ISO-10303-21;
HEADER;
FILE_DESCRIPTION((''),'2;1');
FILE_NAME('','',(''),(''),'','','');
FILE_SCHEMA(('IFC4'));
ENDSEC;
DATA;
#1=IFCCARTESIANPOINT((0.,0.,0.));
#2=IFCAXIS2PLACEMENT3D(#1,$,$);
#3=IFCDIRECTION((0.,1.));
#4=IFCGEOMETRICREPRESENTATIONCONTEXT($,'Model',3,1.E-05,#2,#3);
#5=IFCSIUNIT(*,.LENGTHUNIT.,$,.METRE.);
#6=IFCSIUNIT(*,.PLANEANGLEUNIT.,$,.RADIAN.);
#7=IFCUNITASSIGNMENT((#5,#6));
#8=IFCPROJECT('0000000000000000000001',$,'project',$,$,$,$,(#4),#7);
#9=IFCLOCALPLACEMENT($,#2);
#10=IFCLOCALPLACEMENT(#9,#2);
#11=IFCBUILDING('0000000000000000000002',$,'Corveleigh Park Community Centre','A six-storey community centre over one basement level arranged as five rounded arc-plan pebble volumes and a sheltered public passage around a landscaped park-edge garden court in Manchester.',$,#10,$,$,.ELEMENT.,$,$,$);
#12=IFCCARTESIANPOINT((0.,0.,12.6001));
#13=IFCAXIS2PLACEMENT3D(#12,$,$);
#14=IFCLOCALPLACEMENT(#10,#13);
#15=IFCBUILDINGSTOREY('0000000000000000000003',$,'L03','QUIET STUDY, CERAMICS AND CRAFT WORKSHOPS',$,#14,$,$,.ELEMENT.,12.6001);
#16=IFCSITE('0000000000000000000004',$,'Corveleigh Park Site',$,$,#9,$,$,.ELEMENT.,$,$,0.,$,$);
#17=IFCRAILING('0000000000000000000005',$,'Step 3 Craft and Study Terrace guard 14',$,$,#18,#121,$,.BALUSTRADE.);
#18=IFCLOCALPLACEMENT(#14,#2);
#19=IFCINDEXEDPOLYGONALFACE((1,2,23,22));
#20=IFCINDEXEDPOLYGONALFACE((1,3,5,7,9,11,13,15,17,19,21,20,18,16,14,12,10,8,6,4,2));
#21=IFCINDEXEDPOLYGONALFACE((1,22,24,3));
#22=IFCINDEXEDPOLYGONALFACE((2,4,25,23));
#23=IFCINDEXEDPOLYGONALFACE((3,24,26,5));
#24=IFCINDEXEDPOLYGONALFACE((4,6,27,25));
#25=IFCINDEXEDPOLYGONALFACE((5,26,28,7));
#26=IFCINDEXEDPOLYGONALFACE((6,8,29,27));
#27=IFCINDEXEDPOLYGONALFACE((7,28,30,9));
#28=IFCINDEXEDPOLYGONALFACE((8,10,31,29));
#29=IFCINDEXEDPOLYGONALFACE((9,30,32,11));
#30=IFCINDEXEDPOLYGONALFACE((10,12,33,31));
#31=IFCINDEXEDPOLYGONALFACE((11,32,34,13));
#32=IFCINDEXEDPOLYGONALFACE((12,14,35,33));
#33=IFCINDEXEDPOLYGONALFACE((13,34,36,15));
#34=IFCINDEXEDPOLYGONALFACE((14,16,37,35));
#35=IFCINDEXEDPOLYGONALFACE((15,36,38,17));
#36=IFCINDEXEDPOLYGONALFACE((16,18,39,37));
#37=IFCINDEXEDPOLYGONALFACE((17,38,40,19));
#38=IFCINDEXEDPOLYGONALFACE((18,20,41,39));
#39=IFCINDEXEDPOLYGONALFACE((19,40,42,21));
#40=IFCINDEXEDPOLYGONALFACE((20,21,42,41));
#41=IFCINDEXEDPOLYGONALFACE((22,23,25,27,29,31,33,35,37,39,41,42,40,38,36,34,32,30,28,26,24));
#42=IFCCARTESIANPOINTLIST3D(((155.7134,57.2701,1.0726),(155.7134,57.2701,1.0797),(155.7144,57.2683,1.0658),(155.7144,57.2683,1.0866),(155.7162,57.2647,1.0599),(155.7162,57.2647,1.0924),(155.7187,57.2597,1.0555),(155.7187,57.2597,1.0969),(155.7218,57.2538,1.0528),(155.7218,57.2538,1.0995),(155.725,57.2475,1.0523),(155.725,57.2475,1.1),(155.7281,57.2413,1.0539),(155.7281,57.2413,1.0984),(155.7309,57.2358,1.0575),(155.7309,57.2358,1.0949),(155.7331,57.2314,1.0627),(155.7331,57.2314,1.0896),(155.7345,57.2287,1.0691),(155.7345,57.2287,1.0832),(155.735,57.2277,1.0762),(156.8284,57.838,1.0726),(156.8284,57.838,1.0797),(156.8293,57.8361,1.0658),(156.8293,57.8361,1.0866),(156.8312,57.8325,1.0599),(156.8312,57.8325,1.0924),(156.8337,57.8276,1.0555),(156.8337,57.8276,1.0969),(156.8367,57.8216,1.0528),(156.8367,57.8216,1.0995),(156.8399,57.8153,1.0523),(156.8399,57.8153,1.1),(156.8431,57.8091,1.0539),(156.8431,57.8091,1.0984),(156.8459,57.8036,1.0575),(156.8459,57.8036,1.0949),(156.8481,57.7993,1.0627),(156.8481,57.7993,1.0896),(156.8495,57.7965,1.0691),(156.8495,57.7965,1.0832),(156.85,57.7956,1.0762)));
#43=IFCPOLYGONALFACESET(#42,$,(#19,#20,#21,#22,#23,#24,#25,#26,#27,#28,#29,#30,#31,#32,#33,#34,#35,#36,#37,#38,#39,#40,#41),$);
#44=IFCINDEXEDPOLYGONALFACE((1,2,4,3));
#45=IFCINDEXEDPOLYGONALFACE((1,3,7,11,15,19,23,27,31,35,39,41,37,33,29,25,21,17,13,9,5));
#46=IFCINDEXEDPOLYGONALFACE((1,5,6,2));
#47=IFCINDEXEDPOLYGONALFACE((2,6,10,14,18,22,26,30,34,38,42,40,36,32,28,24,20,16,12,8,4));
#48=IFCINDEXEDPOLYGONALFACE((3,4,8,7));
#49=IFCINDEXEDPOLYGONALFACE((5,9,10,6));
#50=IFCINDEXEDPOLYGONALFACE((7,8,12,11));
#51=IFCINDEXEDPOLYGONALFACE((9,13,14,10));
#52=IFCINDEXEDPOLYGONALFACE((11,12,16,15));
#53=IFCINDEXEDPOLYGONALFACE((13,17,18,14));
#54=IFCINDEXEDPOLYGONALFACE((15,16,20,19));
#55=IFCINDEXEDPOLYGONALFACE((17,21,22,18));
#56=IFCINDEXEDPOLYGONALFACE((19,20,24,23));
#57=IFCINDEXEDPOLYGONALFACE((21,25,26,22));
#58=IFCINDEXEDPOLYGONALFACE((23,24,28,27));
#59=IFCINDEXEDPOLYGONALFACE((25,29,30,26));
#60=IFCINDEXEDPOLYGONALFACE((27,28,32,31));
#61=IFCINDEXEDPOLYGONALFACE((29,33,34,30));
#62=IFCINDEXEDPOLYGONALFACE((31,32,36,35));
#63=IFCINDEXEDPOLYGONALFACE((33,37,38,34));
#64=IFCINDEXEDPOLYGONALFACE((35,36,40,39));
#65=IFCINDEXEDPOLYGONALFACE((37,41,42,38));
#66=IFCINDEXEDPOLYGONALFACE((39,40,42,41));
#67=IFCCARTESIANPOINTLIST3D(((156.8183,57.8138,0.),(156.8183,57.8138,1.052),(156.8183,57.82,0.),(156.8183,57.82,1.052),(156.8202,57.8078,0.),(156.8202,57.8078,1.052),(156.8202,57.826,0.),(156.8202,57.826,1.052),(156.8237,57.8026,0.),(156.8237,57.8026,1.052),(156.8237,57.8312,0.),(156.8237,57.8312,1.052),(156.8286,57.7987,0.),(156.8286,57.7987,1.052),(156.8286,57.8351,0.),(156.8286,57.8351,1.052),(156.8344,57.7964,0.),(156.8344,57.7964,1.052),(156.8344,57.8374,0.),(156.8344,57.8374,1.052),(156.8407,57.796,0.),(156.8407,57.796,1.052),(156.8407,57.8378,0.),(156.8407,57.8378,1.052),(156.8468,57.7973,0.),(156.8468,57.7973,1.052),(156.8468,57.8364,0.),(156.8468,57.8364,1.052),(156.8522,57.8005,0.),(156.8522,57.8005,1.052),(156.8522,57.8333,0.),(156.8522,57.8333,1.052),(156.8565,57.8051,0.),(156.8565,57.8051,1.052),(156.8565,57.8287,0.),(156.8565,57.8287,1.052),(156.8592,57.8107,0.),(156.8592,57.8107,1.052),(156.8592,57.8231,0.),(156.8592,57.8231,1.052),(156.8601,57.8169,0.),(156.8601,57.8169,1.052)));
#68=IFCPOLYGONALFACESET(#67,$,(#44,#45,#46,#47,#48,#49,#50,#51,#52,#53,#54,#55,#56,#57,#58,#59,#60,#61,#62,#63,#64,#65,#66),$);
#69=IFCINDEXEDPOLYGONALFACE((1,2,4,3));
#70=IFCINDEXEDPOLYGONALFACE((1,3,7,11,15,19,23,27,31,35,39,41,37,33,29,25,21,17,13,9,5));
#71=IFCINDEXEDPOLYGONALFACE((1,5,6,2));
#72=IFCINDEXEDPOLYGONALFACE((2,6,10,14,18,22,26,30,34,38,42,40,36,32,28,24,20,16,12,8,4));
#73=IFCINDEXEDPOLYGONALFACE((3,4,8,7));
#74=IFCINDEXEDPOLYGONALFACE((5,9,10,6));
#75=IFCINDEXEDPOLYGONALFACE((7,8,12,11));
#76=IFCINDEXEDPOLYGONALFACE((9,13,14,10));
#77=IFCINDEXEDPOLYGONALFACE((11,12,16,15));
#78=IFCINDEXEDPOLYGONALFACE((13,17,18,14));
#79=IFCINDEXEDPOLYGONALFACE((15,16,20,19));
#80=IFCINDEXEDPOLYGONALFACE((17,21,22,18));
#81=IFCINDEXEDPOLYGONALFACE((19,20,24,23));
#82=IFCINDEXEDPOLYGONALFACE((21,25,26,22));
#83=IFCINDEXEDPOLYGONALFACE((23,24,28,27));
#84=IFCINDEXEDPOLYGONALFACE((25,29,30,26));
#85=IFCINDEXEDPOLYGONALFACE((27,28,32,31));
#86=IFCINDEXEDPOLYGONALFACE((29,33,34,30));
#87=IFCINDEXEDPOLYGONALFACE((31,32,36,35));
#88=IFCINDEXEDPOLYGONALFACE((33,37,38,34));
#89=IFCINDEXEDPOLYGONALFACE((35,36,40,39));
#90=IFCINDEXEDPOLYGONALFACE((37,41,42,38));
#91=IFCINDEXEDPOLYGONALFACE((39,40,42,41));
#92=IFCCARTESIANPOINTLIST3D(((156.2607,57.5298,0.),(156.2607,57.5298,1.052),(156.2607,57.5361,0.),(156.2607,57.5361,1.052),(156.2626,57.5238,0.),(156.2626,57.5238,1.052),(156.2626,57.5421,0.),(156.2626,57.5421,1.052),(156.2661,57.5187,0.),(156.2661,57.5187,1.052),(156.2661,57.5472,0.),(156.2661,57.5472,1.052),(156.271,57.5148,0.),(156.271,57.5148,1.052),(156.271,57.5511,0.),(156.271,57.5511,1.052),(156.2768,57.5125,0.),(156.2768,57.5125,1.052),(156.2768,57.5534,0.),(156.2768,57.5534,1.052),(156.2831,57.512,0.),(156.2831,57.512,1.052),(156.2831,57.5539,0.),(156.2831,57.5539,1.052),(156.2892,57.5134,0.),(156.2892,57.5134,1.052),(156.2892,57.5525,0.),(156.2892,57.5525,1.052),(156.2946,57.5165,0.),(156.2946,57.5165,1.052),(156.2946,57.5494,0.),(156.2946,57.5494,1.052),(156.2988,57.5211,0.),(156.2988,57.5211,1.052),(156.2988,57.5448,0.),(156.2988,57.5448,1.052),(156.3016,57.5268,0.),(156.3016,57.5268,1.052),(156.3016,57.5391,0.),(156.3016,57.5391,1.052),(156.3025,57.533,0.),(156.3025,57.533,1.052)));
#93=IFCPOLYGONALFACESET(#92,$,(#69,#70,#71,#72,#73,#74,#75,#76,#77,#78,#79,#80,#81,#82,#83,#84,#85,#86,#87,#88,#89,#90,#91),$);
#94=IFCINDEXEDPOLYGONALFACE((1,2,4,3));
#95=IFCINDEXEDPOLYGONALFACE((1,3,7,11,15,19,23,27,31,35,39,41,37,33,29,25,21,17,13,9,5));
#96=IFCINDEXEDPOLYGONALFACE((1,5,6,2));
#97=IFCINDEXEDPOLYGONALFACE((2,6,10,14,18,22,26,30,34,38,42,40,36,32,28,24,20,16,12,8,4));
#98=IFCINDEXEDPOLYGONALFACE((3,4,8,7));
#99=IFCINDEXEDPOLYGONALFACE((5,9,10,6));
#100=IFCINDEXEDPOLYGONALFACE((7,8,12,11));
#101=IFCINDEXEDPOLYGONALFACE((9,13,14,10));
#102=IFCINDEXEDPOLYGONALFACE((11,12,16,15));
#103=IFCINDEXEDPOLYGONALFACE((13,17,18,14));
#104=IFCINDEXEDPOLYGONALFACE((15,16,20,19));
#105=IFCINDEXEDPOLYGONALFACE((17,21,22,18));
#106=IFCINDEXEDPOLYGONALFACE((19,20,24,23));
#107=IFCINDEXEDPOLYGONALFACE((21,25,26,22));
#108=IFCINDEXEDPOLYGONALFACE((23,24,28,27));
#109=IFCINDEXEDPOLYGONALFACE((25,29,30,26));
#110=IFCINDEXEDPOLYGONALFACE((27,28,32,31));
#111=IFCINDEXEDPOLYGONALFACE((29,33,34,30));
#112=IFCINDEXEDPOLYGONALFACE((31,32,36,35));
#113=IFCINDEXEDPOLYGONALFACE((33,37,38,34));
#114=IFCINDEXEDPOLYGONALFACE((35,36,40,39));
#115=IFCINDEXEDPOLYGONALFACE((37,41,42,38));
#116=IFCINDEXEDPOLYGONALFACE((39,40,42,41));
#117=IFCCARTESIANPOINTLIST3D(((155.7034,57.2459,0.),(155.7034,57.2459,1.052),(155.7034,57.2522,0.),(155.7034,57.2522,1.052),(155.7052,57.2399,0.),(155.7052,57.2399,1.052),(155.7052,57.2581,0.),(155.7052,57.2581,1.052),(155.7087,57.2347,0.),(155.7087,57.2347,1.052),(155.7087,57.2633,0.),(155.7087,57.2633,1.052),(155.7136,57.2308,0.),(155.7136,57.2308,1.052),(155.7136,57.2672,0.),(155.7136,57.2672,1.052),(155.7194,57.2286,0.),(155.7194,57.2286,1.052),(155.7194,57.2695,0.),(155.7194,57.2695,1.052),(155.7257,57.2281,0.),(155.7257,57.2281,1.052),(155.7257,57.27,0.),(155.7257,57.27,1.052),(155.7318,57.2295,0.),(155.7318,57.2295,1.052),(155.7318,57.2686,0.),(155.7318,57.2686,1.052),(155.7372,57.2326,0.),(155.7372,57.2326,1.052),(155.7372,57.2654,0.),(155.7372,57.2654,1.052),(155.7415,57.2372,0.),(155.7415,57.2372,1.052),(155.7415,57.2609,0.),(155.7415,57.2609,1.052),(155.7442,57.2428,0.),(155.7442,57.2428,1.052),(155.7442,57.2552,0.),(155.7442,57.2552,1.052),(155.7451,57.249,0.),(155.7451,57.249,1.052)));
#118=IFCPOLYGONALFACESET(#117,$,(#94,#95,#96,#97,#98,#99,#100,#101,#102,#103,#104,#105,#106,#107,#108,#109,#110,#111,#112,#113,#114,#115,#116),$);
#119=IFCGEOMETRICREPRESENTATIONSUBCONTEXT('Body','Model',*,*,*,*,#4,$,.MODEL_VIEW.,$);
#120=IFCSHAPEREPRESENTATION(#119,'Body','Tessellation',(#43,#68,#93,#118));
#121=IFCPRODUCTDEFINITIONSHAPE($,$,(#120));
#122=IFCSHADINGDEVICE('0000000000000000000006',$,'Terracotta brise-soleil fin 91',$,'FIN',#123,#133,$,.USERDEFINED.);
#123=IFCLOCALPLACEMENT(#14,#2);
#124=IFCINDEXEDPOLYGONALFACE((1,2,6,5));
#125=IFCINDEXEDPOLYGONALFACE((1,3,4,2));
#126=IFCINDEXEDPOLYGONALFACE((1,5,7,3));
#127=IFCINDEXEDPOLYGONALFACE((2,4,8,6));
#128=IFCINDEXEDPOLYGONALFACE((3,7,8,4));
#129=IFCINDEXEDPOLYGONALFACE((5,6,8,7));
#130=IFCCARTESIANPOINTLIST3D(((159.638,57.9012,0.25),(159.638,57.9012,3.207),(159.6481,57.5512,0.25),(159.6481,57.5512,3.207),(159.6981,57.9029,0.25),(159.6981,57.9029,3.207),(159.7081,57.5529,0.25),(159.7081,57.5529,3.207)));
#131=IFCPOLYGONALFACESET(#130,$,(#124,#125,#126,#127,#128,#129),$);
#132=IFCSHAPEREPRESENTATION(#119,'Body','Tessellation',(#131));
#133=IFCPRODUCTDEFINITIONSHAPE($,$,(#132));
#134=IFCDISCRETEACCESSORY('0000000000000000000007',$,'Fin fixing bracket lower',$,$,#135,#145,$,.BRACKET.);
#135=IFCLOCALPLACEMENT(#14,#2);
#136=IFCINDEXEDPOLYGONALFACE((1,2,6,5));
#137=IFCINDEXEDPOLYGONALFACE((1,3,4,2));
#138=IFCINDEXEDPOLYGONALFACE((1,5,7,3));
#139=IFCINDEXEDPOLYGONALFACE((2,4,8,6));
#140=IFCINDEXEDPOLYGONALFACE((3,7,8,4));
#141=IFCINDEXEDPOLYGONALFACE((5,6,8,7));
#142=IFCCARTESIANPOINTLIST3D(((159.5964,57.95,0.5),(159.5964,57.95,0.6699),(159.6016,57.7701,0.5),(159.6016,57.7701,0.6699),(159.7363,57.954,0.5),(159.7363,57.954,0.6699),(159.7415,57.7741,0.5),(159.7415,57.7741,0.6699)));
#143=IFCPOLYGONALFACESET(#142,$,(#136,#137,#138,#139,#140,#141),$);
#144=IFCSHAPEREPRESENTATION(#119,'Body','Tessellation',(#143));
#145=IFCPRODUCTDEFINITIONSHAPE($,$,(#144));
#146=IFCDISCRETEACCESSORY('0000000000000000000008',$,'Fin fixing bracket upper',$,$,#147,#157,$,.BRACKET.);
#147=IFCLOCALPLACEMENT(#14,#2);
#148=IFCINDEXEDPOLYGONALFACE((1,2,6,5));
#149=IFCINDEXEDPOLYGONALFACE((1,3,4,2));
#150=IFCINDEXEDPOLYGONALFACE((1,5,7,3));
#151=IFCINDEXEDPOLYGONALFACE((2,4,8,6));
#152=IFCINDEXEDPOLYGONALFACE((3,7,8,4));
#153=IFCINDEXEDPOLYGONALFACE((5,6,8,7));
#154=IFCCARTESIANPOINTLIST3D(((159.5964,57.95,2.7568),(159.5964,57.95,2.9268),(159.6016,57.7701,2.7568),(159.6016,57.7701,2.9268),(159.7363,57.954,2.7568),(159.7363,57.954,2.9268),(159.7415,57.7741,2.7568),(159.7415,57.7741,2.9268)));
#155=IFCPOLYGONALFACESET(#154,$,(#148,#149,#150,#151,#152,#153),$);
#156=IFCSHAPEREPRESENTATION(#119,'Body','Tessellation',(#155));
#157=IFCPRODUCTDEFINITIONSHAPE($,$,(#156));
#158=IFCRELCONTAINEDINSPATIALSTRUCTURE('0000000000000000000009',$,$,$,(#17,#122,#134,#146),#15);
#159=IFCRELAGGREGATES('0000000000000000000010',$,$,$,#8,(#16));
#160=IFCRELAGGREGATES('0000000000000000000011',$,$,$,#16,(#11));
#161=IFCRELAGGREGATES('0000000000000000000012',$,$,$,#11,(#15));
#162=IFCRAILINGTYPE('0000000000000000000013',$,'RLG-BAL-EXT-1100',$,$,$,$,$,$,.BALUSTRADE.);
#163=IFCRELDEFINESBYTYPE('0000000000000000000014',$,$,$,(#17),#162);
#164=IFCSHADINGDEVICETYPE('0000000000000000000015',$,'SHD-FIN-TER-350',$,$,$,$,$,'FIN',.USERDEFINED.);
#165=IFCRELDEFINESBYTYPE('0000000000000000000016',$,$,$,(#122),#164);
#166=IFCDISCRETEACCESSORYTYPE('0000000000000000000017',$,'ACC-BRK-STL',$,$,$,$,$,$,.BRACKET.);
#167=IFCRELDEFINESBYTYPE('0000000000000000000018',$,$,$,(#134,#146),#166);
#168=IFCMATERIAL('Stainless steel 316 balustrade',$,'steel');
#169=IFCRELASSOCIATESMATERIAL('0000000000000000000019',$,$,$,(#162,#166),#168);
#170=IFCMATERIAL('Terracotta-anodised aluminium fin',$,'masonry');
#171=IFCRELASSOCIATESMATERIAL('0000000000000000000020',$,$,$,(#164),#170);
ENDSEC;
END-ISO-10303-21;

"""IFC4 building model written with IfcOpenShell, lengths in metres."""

from ifc_helpers import new_model, si_unit, direction, frame, origin, origin_2d, place, context, subcontext, project, spatial, rectangle, circle, extrude, material, type_object, element, save


model = new_model("IFC4")

# Units and contexts
model_context = context("Model", 3, precision=1e-05, world=origin(), true_north=direction((0.0, 1.0)))
body_context = subcontext(model_context, "Body", "Model", "MODEL_VIEW")
ifc_project = project(units=[si_unit("LENGTHUNIT", "METRE"), si_unit("PLANEANGLEUNIT", "RADIAN")], contexts=[model_context])

# Site, building, storey
site_placement = place(None, origin())
site = spatial("IfcSite", under=ifc_project, at=site_placement, Name="Corveleigh Park Site", CompositionType="ELEMENT", RefElevation=0.0)
building_placement = place(site_placement, origin())
building = spatial("IfcBuilding", under=site, at=building_placement, Name="Corveleigh Park Community Centre", Description="A six-storey community centre over one basement level arranged as five rounded arc-plan pebble volumes and a sheltered public passage around a landscaped park-edge garden court in Manchester.", CompositionType="ELEMENT")
storey_placement = place(building_placement, frame((0.0, 0.0, 12.6001)))
storey = spatial("IfcBuildingStorey", under=building, at=storey_placement, Name="L03", Description="QUIET STUDY, CERAMICS AND CRAFT WORKSHOPS", CompositionType="ELEMENT", Elevation=12.6001)

# Railing
ifc_material_1 = material(Name="Stainless steel 316 balustrade", Category="steel")
railing_type = type_object("IfcRailingType", Name="RLG-BAL-EXT-1100", PredefinedType="BALUSTRADE", material=ifc_material_1)
railing_1_placement = place(storey_placement, frame((156.8391, 57.8169, 0.0)))
element("IfcRailing", 1, at=railing_1_placement, inside=storey, type_object=railing_type, Name="Step 3 Craft and Study Terrace guard 14", PredefinedType="BALUSTRADE", context=body_context, shape_type="SweptSolid", body=[
    extrude(circle(Radius=0.0239, at=origin_2d()), frame((0.0, 0.0, 1.0762), z_axis=(-0.891086, -0.453835, 0.0), x_axis=(0.453835, -0.891086, 0.0)), (0.0, 0.0, 1.0), 1.2512),
    extrude(circle(Radius=0.021, at=origin_2d()), origin(), (0.0, 0.0, 1.0), 1.052),
    extrude(circle(Radius=0.021, at=origin_2d()), frame((-0.5576, -0.2839, 0.0)), (0.0, 0.0, 1.0), 1.052),
    extrude(circle(Radius=0.021, at=origin_2d()), frame((-1.115, -0.5679, 0.0)), (0.0, 0.0, 1.0), 1.052),
])

# Shading device
ifc_material_2 = material(Name="Terracotta-anodised aluminium fin", Category="masonry")
shading_device_type = type_object("IfcShadingDeviceType", Name="SHD-FIN-TER-350", ElementType="FIN", PredefinedType="USERDEFINED", material=ifc_material_2)
shading_device_placement = place(storey_placement, frame((159.6731, 57.7271, 0.25), z_axis=(0.0, 0.0, 1.0), x_axis=(0.028765, -0.999586, 0.0)))
element("IfcShadingDevice", 2, at=shading_device_placement, inside=storey, type_object=shading_device_type, Name="Terracotta brise-soleil fin 91", ObjectType="FIN", PredefinedType="USERDEFINED", context=body_context, shape_type="SweptSolid", body=[
    extrude(rectangle(XDim=0.3501, YDim=0.0601, at=origin_2d()), origin(), (0.0, 0.0, 1.0), 2.957),
])

# Discrete accessories
discrete_accessory_type = type_object("IfcDiscreteAccessoryType", Name="ACC-BRK-STL", PredefinedType="BRACKET", material=ifc_material_1)
for number, where, z_axis, x_axis, name in (
    (3, (159.6689, 57.8621, 0.5), (0.0, 0.0, 1.0), (0.028765, -0.999586, 0.0), "Fin fixing bracket lower"),
    (4, (159.6689, 57.8621, 2.7568), (0.0, 0.0, 1.0), (0.028765, -0.999586, 0.0), "Fin fixing bracket upper"),
):
    element("IfcDiscreteAccessory", number, at=place(storey_placement, frame(where, z_axis=z_axis, x_axis=x_axis)), inside=storey, type_object=discrete_accessory_type, Name=name, PredefinedType="BRACKET", context=body_context, shape_type="SweptSolid", body=[
        extrude(rectangle(XDim=0.1799, YDim=0.1399, at=origin_2d()), origin(), (0.0, 0.0, 1.0), 0.1699),
    ])

save(model, "model.ifc")
